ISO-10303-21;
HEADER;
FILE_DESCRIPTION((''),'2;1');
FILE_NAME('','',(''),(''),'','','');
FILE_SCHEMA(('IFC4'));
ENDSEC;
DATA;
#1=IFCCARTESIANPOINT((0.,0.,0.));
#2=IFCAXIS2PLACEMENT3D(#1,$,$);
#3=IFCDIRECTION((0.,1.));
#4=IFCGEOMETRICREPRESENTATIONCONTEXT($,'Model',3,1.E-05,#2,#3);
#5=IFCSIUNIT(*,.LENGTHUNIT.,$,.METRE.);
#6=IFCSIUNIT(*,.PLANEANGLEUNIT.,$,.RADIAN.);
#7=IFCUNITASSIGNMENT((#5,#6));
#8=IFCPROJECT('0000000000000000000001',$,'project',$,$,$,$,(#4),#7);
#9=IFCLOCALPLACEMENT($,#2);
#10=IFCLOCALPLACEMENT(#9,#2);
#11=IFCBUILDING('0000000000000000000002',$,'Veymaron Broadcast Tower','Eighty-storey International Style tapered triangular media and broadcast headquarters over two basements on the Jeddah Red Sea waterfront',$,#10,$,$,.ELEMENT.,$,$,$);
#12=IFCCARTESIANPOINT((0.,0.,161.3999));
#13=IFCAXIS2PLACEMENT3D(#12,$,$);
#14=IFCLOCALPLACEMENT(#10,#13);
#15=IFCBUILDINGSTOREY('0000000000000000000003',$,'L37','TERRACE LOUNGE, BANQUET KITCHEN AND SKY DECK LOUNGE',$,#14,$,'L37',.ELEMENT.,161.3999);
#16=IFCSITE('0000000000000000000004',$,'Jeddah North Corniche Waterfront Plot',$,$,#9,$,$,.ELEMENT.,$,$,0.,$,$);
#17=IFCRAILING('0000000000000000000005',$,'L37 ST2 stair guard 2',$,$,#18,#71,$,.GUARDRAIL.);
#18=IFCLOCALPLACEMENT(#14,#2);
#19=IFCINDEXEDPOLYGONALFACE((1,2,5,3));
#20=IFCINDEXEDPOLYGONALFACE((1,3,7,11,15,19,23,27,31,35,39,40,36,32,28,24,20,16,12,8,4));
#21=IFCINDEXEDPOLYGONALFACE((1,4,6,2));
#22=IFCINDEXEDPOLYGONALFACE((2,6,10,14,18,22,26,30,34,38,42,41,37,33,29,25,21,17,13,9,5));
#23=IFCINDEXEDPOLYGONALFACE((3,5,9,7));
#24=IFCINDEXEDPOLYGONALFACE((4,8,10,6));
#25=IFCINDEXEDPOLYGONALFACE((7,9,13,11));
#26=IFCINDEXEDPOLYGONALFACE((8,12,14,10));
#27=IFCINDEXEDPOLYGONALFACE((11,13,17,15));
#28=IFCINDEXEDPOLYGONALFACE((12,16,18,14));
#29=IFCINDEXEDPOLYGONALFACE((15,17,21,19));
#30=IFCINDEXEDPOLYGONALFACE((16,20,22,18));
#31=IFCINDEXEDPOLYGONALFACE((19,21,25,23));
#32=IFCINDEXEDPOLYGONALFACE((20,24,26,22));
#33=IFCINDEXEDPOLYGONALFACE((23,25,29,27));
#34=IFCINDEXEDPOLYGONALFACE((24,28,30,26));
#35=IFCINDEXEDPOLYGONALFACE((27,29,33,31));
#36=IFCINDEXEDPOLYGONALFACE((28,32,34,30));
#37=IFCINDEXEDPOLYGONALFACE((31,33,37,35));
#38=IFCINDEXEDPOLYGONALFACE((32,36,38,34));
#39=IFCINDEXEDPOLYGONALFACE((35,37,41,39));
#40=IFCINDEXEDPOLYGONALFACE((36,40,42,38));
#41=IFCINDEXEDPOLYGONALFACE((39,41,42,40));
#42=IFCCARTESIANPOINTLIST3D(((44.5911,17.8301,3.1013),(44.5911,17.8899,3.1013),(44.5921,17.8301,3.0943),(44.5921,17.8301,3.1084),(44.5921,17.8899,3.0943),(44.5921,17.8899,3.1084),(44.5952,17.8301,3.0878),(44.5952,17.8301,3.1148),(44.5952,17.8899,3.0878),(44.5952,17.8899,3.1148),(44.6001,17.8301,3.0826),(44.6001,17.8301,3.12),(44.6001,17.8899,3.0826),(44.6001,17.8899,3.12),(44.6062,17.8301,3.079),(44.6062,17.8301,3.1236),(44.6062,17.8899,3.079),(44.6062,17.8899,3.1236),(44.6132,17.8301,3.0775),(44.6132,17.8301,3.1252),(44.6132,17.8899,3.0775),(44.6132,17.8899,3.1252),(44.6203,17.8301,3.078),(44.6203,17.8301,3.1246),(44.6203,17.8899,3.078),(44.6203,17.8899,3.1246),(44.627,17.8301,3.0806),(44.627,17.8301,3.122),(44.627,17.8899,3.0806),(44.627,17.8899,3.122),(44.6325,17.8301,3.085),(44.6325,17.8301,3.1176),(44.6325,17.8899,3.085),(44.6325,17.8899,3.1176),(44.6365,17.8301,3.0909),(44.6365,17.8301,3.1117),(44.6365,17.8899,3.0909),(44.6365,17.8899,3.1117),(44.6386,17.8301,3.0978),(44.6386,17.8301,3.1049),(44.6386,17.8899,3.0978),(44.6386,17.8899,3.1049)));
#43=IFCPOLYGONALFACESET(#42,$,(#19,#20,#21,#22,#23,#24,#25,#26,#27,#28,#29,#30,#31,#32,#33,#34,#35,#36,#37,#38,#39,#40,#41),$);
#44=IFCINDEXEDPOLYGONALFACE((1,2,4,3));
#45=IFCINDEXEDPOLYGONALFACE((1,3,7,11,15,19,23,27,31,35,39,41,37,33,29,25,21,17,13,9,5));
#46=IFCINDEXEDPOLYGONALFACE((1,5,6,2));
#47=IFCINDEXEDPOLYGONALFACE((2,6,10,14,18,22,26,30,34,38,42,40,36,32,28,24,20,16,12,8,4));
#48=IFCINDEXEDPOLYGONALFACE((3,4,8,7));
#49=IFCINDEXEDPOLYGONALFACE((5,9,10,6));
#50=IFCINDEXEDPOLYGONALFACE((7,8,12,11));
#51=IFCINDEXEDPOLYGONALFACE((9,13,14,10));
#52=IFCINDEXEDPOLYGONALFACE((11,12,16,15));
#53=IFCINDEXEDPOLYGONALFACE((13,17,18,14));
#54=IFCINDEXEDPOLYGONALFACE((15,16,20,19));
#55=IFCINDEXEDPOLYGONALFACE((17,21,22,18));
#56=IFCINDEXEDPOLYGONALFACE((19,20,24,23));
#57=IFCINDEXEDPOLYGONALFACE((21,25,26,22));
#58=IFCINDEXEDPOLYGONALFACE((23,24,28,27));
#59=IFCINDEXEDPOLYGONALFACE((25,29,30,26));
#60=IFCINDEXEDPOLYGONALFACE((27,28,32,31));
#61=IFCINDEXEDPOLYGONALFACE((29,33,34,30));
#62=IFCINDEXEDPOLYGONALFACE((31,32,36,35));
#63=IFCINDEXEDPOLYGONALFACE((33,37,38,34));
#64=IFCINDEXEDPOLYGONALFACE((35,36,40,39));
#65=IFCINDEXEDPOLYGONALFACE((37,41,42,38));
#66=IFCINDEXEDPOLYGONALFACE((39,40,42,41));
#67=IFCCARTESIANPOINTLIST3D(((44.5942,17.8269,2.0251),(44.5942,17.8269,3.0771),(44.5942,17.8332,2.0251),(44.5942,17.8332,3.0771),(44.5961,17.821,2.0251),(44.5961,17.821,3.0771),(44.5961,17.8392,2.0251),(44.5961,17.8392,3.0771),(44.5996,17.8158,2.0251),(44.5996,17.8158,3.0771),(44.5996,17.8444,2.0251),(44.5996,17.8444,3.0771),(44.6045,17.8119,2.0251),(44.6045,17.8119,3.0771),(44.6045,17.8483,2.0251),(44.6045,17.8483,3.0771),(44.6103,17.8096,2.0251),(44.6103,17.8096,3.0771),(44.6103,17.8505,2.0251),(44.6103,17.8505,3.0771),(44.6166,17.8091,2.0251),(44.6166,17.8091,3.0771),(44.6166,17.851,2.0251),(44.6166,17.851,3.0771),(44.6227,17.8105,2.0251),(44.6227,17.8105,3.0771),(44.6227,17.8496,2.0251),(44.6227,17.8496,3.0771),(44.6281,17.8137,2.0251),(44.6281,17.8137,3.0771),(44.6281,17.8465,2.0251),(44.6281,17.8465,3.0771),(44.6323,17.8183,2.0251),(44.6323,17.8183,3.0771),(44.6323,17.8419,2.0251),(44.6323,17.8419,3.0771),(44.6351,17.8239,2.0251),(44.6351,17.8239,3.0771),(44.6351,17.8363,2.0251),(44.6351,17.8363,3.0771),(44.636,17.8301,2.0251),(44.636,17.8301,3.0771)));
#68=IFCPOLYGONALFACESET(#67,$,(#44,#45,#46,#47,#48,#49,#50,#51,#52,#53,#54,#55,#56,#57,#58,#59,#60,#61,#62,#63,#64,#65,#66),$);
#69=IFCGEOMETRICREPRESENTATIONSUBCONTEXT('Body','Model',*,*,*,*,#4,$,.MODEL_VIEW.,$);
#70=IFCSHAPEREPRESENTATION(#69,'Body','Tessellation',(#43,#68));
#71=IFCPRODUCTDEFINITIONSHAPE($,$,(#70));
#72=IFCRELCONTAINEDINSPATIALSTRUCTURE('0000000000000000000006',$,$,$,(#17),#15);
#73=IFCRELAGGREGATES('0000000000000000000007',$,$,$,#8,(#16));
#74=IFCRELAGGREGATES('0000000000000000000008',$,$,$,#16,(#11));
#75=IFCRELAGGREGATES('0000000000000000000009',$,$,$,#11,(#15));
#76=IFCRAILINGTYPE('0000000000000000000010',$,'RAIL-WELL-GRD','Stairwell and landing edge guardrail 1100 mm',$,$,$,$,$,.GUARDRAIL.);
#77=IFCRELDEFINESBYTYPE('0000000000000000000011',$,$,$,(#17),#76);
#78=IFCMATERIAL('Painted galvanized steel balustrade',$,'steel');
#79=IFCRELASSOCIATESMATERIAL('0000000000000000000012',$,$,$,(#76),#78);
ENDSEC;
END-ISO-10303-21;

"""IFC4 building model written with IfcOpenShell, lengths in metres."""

from ifc_helpers import new_model, si_unit, direction, frame, origin, origin_2d, place, context, subcontext, project, spatial, circle, extrude, material, type_object, element, save


model = new_model("IFC4")

# Units and contexts
model_context = context("Model", 3, precision=1e-05, world=origin(), true_north=direction((0.0, 1.0)))
body_context = subcontext(model_context, "Body", "Model", "MODEL_VIEW")
ifc_project = project(units=[si_unit("LENGTHUNIT", "METRE"), si_unit("PLANEANGLEUNIT", "RADIAN")], contexts=[model_context])

# Site, building, storey
site_placement = place(None, origin())
site = spatial("IfcSite", under=ifc_project, at=site_placement, Name="Jeddah North Corniche Waterfront Plot", CompositionType="ELEMENT", RefElevation=0.0)
building_placement = place(site_placement, origin())
building = spatial("IfcBuilding", under=site, at=building_placement, Name="Veymaron Broadcast Tower", Description="Eighty-storey International Style tapered triangular media and broadcast headquarters over two basements on the Jeddah Red Sea waterfront", CompositionType="ELEMENT")
storey_placement = place(building_placement, frame((0.0, 0.0, 161.3999)))
storey = spatial("IfcBuildingStorey", under=building, at=storey_placement, Name="L37", Description="TERRACE LOUNGE, BANQUET KITCHEN AND SKY DECK LOUNGE", LongName="L37", CompositionType="ELEMENT", Elevation=161.3999)

# Railing
ifc_material_1 = material(Name="Painted galvanized steel balustrade", Category="steel")
railing_type_1 = type_object("IfcRailingType", Name="RAIL-WELL-GRD", Description="Stairwell and landing edge guardrail 1100 mm", PredefinedType="GUARDRAIL", material=ifc_material_1)
railing_1_placement = place(storey_placement, frame((44.615, 17.8301, 2.0251)))
element("IfcRailing", 1, at=railing_1_placement, inside=storey, type_object=railing_type_1, Name="L37 ST2 stair guard 2", PredefinedType="GUARDRAIL", context=body_context, shape_type="SweptSolid", body=[
    extrude(circle(Radius=0.0239, at=origin_2d()), frame((0.0, 0.0, 1.0762), z_axis=(0.0, 1.0, 0.0), x_axis=(-1.0, 0.0, 0.0)), (0.0, 0.0, 1.0), 0.0598),
    extrude(circle(Radius=0.021, at=origin_2d()), origin(), (0.0, 0.0, 1.0), 1.052),
])

save(model, "model.ifc")
